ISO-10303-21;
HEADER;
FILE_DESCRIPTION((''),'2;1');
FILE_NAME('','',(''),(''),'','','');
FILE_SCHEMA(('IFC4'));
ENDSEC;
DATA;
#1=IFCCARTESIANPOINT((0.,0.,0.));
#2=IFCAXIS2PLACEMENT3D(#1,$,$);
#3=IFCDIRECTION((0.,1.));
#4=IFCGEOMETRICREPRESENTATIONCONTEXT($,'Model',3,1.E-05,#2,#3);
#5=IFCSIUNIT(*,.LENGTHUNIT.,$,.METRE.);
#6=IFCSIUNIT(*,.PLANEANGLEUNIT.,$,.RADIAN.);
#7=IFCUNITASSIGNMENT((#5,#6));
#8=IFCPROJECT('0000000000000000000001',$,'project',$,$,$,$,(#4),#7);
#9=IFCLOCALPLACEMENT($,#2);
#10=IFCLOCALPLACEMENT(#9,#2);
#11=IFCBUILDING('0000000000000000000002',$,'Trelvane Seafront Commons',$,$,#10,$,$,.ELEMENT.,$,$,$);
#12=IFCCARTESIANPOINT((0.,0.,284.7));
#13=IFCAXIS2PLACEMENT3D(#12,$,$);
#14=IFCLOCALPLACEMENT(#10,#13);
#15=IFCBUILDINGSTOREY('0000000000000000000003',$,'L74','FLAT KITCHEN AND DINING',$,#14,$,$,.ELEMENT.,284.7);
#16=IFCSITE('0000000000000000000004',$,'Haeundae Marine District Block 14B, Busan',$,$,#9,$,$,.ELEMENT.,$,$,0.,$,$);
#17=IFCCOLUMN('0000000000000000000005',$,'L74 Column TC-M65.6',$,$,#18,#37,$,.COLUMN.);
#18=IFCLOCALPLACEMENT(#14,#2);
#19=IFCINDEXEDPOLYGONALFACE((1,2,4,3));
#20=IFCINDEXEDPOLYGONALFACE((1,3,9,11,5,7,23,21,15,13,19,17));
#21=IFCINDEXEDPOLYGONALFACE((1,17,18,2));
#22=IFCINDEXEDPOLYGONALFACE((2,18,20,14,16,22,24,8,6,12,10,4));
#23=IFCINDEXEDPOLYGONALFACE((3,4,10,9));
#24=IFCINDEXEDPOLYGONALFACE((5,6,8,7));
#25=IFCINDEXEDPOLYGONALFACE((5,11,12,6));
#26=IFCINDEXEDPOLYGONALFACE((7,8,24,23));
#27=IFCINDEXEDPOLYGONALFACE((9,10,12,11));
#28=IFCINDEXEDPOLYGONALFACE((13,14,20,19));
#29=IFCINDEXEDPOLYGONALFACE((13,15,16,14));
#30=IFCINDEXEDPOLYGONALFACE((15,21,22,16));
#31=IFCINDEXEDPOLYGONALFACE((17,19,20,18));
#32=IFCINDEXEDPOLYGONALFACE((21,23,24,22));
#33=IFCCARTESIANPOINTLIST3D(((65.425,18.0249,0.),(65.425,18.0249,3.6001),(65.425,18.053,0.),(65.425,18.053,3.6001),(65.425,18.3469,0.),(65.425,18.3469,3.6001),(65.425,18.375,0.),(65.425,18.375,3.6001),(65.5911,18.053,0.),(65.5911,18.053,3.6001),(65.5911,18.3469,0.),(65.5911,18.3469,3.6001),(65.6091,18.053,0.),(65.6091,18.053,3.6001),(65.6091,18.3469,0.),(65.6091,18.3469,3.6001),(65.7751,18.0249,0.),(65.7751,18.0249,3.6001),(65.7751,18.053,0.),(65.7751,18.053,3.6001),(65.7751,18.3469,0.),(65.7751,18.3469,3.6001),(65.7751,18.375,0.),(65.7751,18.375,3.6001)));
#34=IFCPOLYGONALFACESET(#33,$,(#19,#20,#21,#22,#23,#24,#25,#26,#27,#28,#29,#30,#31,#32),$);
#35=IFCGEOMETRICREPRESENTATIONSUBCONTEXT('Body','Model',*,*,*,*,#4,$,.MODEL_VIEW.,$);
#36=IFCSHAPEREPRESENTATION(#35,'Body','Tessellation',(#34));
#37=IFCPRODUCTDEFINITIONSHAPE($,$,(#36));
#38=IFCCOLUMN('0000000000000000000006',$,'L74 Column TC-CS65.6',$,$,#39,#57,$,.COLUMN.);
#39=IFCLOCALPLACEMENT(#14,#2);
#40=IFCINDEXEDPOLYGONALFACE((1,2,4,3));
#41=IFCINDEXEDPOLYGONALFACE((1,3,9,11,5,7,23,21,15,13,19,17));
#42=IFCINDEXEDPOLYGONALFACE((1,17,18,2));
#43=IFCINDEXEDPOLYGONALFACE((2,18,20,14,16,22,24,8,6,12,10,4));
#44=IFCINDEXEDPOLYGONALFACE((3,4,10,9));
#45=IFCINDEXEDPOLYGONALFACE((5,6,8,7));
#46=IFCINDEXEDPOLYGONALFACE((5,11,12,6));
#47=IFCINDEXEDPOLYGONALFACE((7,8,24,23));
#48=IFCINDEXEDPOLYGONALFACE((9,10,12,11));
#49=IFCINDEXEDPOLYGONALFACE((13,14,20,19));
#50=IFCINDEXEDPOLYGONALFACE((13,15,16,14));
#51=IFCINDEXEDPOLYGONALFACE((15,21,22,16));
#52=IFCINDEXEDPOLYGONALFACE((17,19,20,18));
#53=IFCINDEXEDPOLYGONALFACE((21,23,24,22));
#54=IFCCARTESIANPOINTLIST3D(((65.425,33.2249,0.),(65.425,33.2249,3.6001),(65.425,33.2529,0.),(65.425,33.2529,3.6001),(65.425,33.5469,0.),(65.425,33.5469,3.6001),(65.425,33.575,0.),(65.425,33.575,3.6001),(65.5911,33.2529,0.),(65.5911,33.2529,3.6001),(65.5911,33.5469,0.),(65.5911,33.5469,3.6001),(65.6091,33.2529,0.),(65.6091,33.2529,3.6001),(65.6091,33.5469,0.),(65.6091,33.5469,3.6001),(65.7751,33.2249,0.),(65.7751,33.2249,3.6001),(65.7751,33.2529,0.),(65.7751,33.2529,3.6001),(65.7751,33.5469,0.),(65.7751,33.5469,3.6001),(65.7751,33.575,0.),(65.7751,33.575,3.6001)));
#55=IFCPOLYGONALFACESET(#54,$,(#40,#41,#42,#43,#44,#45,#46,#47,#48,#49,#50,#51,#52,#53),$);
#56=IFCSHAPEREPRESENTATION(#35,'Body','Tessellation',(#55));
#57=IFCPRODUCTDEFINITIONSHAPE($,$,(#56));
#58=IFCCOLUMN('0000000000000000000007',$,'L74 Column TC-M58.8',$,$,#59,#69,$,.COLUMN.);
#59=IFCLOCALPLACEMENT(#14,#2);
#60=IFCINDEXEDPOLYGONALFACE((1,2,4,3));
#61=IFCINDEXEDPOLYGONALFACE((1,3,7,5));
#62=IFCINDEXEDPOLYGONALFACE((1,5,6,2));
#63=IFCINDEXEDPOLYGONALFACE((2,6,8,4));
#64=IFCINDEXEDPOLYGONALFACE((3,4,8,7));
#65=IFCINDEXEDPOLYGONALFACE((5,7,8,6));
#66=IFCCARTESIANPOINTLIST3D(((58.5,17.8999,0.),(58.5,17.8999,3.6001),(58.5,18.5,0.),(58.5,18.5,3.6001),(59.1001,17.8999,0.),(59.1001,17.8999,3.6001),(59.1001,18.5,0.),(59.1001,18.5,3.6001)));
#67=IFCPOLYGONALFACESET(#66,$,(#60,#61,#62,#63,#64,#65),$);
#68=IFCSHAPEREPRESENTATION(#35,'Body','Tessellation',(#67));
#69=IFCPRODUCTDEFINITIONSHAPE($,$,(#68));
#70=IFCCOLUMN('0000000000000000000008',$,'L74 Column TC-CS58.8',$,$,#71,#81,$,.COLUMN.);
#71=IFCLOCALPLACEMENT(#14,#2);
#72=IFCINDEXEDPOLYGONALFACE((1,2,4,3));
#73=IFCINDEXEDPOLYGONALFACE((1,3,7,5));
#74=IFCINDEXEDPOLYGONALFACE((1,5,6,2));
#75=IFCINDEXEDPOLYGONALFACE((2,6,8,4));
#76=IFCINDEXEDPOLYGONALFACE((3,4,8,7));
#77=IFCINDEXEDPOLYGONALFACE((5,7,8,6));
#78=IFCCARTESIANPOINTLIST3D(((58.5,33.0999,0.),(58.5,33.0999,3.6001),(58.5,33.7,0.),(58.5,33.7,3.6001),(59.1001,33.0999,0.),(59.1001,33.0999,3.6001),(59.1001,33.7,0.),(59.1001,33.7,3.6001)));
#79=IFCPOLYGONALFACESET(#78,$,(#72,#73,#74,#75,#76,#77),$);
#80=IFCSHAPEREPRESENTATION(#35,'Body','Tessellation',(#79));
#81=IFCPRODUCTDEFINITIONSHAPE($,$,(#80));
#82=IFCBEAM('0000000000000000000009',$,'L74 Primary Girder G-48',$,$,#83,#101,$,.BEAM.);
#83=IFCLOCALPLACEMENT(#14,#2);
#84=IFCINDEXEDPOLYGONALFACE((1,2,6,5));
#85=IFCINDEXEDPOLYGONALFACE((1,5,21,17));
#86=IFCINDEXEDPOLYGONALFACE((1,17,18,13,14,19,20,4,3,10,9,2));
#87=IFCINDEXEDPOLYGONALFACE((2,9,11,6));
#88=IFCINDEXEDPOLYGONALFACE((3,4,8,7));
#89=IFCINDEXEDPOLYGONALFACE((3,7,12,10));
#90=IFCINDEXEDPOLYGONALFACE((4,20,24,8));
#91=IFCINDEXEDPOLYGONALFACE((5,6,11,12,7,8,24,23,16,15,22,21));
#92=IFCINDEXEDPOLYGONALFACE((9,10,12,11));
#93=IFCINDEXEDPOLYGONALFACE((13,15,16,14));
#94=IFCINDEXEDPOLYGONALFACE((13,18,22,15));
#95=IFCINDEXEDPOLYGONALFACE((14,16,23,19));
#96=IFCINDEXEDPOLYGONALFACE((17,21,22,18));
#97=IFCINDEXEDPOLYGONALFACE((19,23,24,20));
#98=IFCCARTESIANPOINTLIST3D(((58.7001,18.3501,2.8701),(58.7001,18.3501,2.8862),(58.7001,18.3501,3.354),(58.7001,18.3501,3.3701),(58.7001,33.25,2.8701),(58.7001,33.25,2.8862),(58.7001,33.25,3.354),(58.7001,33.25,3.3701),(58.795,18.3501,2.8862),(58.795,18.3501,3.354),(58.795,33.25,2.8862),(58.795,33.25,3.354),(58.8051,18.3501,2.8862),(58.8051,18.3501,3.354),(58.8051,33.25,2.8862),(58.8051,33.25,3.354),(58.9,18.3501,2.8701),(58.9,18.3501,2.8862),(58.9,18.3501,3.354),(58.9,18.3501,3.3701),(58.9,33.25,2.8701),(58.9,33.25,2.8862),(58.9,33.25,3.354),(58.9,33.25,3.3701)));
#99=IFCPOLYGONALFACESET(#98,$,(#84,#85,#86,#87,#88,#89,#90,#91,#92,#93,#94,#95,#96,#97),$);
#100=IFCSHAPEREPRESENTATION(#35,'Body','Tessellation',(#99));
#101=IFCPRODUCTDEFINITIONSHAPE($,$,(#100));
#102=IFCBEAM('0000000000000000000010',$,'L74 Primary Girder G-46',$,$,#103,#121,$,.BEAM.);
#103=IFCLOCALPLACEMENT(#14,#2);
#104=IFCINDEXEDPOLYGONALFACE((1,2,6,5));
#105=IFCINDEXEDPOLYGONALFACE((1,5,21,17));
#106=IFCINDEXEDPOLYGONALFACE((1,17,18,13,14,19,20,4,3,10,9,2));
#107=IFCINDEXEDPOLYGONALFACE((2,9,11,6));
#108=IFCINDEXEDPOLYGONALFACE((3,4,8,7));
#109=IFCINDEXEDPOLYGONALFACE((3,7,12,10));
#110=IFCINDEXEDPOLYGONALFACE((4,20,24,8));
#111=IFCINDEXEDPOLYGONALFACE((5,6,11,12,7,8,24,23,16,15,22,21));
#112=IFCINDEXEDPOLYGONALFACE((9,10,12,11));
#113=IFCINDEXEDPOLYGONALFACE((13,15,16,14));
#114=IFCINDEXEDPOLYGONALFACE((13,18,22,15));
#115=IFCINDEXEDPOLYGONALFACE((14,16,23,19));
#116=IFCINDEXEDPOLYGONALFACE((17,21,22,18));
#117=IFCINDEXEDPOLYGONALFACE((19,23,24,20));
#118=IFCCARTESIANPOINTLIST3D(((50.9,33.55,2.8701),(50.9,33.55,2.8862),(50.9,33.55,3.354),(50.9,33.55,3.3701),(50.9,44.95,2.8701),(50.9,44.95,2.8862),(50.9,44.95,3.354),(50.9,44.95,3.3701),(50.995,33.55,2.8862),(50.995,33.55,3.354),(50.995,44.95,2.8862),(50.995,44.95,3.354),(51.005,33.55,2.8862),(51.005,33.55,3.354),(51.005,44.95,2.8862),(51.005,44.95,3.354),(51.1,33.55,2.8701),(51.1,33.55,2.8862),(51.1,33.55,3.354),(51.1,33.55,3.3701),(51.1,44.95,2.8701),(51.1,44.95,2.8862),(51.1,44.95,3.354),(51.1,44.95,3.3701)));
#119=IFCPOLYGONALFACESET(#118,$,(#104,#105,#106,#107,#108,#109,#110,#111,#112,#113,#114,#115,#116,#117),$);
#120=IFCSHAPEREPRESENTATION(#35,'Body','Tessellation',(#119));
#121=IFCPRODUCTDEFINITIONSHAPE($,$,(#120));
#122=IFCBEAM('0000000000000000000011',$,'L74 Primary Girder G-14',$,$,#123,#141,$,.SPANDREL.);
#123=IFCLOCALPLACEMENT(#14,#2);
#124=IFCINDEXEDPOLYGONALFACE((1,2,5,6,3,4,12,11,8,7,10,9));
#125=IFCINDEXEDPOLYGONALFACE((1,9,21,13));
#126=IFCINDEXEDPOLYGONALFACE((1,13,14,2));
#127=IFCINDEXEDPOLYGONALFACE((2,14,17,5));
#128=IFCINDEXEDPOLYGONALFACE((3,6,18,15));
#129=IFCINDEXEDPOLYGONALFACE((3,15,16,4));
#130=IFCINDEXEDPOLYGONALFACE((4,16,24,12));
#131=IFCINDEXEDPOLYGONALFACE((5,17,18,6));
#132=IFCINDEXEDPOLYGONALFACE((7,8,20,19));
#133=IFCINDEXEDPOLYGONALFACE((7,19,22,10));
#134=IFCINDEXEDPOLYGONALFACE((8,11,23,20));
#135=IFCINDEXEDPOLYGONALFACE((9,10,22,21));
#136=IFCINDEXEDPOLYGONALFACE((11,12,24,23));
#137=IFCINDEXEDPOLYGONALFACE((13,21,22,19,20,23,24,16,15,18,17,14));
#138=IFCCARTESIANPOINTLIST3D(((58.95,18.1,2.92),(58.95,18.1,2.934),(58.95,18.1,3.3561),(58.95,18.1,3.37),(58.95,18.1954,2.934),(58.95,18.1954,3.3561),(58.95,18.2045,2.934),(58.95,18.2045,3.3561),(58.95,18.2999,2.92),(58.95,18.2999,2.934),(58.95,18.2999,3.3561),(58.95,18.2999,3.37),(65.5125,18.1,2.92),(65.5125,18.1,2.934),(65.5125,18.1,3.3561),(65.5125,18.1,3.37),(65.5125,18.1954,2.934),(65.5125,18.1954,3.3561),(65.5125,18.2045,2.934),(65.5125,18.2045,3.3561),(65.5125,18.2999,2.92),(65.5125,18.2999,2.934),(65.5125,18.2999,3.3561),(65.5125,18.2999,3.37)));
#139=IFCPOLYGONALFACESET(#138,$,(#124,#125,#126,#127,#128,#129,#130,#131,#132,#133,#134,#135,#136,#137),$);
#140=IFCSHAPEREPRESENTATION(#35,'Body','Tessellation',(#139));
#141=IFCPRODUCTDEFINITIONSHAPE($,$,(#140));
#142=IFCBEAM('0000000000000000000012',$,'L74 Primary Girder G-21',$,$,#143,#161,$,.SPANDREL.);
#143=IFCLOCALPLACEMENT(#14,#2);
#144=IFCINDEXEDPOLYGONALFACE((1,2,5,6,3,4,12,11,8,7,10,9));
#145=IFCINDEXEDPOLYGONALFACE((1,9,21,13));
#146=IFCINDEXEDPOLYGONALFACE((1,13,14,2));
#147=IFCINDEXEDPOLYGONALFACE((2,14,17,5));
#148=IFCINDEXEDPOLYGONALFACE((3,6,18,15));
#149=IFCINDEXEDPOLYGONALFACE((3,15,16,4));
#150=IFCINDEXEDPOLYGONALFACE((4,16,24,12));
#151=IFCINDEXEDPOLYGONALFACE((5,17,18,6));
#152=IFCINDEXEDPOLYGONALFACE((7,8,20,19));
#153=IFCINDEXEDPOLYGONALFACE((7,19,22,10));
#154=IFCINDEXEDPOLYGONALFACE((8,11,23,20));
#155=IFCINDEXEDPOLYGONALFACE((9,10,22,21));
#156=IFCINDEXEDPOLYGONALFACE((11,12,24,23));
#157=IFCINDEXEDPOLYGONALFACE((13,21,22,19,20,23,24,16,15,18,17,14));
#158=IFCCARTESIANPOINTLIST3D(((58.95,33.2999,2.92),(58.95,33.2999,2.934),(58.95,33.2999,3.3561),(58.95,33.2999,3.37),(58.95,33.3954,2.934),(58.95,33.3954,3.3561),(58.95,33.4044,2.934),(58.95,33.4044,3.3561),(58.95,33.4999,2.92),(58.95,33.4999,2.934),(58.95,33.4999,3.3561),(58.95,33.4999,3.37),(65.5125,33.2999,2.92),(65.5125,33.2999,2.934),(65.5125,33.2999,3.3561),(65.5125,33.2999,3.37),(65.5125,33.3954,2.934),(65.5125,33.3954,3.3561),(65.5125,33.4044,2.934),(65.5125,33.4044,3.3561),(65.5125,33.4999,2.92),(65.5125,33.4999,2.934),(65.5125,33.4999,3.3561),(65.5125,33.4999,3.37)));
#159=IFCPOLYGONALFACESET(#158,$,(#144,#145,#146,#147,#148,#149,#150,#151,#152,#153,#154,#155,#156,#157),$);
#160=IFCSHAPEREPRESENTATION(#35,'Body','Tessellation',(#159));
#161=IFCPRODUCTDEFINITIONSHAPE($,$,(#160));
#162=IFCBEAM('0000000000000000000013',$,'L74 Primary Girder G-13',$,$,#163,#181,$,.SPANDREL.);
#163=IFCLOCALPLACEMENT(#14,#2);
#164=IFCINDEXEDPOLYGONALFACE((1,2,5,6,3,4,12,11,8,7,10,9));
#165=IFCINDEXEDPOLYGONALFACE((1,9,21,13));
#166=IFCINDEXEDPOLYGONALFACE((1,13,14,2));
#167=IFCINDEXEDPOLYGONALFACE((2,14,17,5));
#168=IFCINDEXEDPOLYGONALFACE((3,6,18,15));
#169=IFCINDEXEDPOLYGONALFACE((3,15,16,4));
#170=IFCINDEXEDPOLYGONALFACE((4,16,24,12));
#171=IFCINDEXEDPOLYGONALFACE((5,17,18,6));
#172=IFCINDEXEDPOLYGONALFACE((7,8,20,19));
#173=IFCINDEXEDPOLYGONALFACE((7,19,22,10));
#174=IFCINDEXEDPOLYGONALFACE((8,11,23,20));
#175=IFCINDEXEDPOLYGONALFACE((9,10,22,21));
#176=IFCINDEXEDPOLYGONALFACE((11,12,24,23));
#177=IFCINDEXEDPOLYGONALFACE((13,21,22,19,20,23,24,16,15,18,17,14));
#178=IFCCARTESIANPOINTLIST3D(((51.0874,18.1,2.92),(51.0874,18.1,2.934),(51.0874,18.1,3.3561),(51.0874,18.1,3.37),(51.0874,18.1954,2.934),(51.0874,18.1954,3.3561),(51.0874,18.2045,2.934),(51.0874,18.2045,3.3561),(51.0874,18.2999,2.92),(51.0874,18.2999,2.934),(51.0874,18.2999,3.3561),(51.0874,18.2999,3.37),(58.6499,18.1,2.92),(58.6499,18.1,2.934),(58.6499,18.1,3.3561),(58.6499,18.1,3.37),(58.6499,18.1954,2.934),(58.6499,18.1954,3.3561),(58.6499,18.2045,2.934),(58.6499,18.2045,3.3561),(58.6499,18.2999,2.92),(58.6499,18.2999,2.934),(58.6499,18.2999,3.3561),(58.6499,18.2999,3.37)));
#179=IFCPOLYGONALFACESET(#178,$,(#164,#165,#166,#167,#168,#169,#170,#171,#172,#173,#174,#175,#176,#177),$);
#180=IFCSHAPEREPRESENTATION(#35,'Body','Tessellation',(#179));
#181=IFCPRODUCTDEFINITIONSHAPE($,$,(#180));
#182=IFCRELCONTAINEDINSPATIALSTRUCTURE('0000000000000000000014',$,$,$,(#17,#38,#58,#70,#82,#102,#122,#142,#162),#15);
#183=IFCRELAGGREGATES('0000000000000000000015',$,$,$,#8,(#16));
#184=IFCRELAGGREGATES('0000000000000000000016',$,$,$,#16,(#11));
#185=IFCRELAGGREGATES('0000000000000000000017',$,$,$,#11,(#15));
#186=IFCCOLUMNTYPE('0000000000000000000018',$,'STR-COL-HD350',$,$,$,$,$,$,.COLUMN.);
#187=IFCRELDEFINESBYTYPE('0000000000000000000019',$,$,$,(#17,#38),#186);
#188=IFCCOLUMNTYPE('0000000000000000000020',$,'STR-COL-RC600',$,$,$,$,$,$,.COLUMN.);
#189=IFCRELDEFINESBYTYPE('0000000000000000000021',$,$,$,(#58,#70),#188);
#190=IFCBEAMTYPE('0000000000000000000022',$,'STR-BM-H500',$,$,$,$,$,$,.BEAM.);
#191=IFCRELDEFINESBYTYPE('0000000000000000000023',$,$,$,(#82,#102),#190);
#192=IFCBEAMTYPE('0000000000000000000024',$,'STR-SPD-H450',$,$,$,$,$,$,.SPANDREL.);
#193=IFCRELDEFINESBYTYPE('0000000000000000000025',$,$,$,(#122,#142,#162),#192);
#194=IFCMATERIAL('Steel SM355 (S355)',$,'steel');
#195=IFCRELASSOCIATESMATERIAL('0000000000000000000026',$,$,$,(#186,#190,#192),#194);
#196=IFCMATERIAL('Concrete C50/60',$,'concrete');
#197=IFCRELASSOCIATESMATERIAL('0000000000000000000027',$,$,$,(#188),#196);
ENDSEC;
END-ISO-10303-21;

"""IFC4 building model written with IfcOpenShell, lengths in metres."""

from ifc_helpers import new_model, si_unit, direction, frame, origin, origin_2d, place, context, subcontext, project, spatial, rectangle, i_section, extrude, source, transform, mapped, material, material_profile, profile_set, type_object, element, save


model = new_model("IFC4")

# Units and contexts
model_context = context("Model", 3, precision=1e-05, world=origin(), true_north=direction((0.0, 1.0)))
body_context = subcontext(model_context, "Body", "Model", "MODEL_VIEW")
ifc_project = project(units=[si_unit("LENGTHUNIT", "METRE"), si_unit("PLANEANGLEUNIT", "RADIAN")], contexts=[model_context])

# Site, building, storey
site_placement = place(None, origin())
site = spatial("IfcSite", under=ifc_project, at=site_placement, Name="Haeundae Marine District Block 14B, Busan", CompositionType="ELEMENT", RefElevation=0.0)
building_placement = place(site_placement, origin())
building = spatial("IfcBuilding", under=site, at=building_placement, Name="Trelvane Seafront Commons", CompositionType="ELEMENT")
storey_placement = place(building_placement, frame((0.0, 0.0, 284.7)))
storey = spatial("IfcBuildingStorey", under=building, at=storey_placement, Name="L74", Description="FLAT KITCHEN AND DINING", CompositionType="ELEMENT", Elevation=284.7)

# Columns
ifc_material_1 = material(Name="Steel SM355 (S355)", Category="steel")
ifc_material_profile_1 = material_profile(ifc_material_1, i_section(OverallWidth=0.3501, OverallDepth=0.3501, WebThickness=0.0181, FlangeThickness=0.0281, at=origin_2d()), Name="HD-350x350x18x28")
ifc_profile_set_1 = profile_set([ifc_material_profile_1], Name="Steel SM355 (S355)")
column_type_1 = type_object("IfcColumnType", Name="STR-COL-HD350", PredefinedType="COLUMN", material=ifc_profile_set_1)
shared_shape_1 = source(origin(), body_context, "Body", "SweptSolid", [
    extrude(i_section(OverallWidth=0.3501, OverallDepth=0.3501, WebThickness=0.0181, FlangeThickness=0.0281, at=origin_2d()), origin(), (0.0, 0.0, 1.0), 3.6001),
])
for number, where, z_axis, x_axis, name in (
    (1, (65.6001, 18.2, 0.0), (0.0, 0.0, 1.0), (1.0, 0.0, 0.0), "L74 Column TC-M65.6"),
    (2, (65.6001, 33.3999, 0.0), (0.0, 0.0, 1.0), (1.0, 0.0, 0.0), "L74 Column TC-CS65.6"),
):
    element("IfcColumn", number, at=place(storey_placement, frame(where, z_axis=z_axis, x_axis=x_axis)), inside=storey, type_object=column_type_1, Name=name, PredefinedType="COLUMN", context=body_context, shape_type="MappedRepresentation", body=[
        mapped(shared_shape_1, transform((0.0, 0.0, 0.0), x_axis=(1.0, 0.0, 0.0), y_axis=(0.0, 1.0, 0.0), z_axis=(0.0, 0.0, 1.0), scale=1.0)),
    ])
ifc_material_2 = material(Name="Concrete C50/60", Category="concrete")
ifc_material_profile_2 = material_profile(ifc_material_2, rectangle(XDim=0.6001, YDim=0.6001, at=origin_2d()), Name="RC-600x600")
ifc_profile_set_2 = profile_set([ifc_material_profile_2], Name="Concrete C50/60")
column_type_2 = type_object("IfcColumnType", Name="STR-COL-RC600", PredefinedType="COLUMN", material=ifc_profile_set_2)
shared_shape_2 = source(origin(), body_context, "Body", "SweptSolid", [
    extrude(rectangle(XDim=0.6001, YDim=0.6001, at=origin_2d()), origin(), (0.0, 0.0, 1.0), 3.6001),
])
for number, where, z_axis, x_axis, name in (
    (3, (58.8, 18.2, 0.0), (0.0, 0.0, 1.0), (1.0, 0.0, 0.0), "L74 Column TC-M58.8"),
    (4, (58.8, 33.3999, 0.0), (0.0, 0.0, 1.0), (1.0, 0.0, 0.0), "L74 Column TC-CS58.8"),
):
    element("IfcColumn", number, at=place(storey_placement, frame(where, z_axis=z_axis, x_axis=x_axis)), inside=storey, type_object=column_type_2, Name=name, PredefinedType="COLUMN", context=body_context, shape_type="MappedRepresentation", body=[
        mapped(shared_shape_2, transform((0.0, 0.0, 0.0), x_axis=(1.0, 0.0, 0.0), y_axis=(0.0, 1.0, 0.0), z_axis=(0.0, 0.0, 1.0), scale=1.0)),
    ])

# Beams
ifc_material_profile_3 = material_profile(ifc_material_1, i_section(OverallWidth=0.2, OverallDepth=0.5, WebThickness=0.01, FlangeThickness=0.0161, at=origin_2d()), Name="H-500x200x10x16")
ifc_profile_set_3 = profile_set([ifc_material_profile_3], Name="Steel SM355 (S355)")
beam_type_1 = type_object("IfcBeamType", Name="STR-BM-H500", PredefinedType="BEAM", material=ifc_profile_set_3)
shared_shape_3 = source(origin(), body_context, "Body", "SweptSolid", [
    extrude(i_section(OverallWidth=0.2, OverallDepth=0.5, WebThickness=0.01, FlangeThickness=0.0161, at=origin_2d()), origin(), (0.0, 0.0, 1.0), 14.8999),
])
beam_1_placement = place(storey_placement, frame((58.8, 18.3501, 3.1201), z_axis=(0.0, 1.0, 0.0), x_axis=(-1.0, 0.0, 0.0)))
element("IfcBeam", 5, at=beam_1_placement, inside=storey, type_object=beam_type_1, Name="L74 Primary Girder G-48", PredefinedType="BEAM", context=body_context, shape_type="MappedRepresentation", body=[
    mapped(shared_shape_3, transform((0.0, 0.0, 0.0), x_axis=(1.0, 0.0, 0.0), y_axis=(0.0, 1.0, 0.0), z_axis=(0.0, 0.0, 1.0), scale=1.0)),
])
shared_shape_4 = source(origin(), body_context, "Body", "SweptSolid", [
    extrude(i_section(OverallWidth=0.2, OverallDepth=0.5, WebThickness=0.01, FlangeThickness=0.0161, at=origin_2d()), origin(), (0.0, 0.0, 1.0), 11.3999),
])
beam_2_placement = place(storey_placement, frame((51.0, 33.55, 3.1201), z_axis=(0.0, 1.0, 0.0), x_axis=(-1.0, 0.0, 0.0)))
element("IfcBeam", 6, at=beam_2_placement, inside=storey, type_object=beam_type_1, Name="L74 Primary Girder G-46", PredefinedType="BEAM", context=body_context, shape_type="MappedRepresentation", body=[
    mapped(shared_shape_4, transform((0.0, 0.0, 0.0), x_axis=(1.0, 0.0, 0.0), y_axis=(0.0, 1.0, 0.0), z_axis=(0.0, 0.0, 1.0), scale=1.0)),
])
ifc_material_profile_4 = material_profile(ifc_material_1, i_section(OverallWidth=0.2, OverallDepth=0.45, WebThickness=0.009, FlangeThickness=0.0139, at=origin_2d()), Name="H-450x200x9x14")
ifc_profile_set_4 = profile_set([ifc_material_profile_4], Name="Steel SM355 (S355)")
beam_type_2 = type_object("IfcBeamType", Name="STR-SPD-H450", PredefinedType="SPANDREL", material=ifc_profile_set_4)
shared_shape_5 = source(origin(), body_context, "Body", "SweptSolid", [
    extrude(i_section(OverallWidth=0.2, OverallDepth=0.45, WebThickness=0.009, FlangeThickness=0.0139, at=origin_2d()), origin(), (0.0, 0.0, 1.0), 6.5625),
])
for number, where, z_axis, x_axis, name in (
    (7, (58.95, 18.2, 3.145), (1.0, 0.0, 0.0), (0.0, 1.0, 0.0), "L74 Primary Girder G-14"),
    (8, (58.95, 33.3999, 3.145), (1.0, 0.0, 0.0), (0.0, 1.0, 0.0), "L74 Primary Girder G-21"),
):
    element("IfcBeam", number, at=place(storey_placement, frame(where, z_axis=z_axis, x_axis=x_axis)), inside=storey, type_object=beam_type_2, Name=name, PredefinedType="SPANDREL", context=body_context, shape_type="MappedRepresentation", body=[
        mapped(shared_shape_5, transform((0.0, 0.0, 0.0), x_axis=(1.0, 0.0, 0.0), y_axis=(0.0, 1.0, 0.0), z_axis=(0.0, 0.0, 1.0), scale=1.0)),
    ])
shared_shape_6 = source(origin(), body_context, "Body", "SweptSolid", [
    extrude(i_section(OverallWidth=0.2, OverallDepth=0.45, WebThickness=0.009, FlangeThickness=0.0139, at=origin_2d()), origin(), (0.0, 0.0, 1.0), 7.5625),
])
beam_3_placement = place(storey_placement, frame((51.0874, 18.2, 3.145), z_axis=(1.0, 0.0, 0.0), x_axis=(0.0, 1.0, 0.0)))
element("IfcBeam", 9, at=beam_3_placement, inside=storey, type_object=beam_type_2, Name="L74 Primary Girder G-13", PredefinedType="SPANDREL", context=body_context, shape_type="MappedRepresentation", body=[
    mapped(shared_shape_6, transform((0.0, 0.0, 0.0), x_axis=(1.0, 0.0, 0.0), y_axis=(0.0, 1.0, 0.0), z_axis=(0.0, 0.0, 1.0), scale=1.0)),
])

save(model, "model.ifc")
